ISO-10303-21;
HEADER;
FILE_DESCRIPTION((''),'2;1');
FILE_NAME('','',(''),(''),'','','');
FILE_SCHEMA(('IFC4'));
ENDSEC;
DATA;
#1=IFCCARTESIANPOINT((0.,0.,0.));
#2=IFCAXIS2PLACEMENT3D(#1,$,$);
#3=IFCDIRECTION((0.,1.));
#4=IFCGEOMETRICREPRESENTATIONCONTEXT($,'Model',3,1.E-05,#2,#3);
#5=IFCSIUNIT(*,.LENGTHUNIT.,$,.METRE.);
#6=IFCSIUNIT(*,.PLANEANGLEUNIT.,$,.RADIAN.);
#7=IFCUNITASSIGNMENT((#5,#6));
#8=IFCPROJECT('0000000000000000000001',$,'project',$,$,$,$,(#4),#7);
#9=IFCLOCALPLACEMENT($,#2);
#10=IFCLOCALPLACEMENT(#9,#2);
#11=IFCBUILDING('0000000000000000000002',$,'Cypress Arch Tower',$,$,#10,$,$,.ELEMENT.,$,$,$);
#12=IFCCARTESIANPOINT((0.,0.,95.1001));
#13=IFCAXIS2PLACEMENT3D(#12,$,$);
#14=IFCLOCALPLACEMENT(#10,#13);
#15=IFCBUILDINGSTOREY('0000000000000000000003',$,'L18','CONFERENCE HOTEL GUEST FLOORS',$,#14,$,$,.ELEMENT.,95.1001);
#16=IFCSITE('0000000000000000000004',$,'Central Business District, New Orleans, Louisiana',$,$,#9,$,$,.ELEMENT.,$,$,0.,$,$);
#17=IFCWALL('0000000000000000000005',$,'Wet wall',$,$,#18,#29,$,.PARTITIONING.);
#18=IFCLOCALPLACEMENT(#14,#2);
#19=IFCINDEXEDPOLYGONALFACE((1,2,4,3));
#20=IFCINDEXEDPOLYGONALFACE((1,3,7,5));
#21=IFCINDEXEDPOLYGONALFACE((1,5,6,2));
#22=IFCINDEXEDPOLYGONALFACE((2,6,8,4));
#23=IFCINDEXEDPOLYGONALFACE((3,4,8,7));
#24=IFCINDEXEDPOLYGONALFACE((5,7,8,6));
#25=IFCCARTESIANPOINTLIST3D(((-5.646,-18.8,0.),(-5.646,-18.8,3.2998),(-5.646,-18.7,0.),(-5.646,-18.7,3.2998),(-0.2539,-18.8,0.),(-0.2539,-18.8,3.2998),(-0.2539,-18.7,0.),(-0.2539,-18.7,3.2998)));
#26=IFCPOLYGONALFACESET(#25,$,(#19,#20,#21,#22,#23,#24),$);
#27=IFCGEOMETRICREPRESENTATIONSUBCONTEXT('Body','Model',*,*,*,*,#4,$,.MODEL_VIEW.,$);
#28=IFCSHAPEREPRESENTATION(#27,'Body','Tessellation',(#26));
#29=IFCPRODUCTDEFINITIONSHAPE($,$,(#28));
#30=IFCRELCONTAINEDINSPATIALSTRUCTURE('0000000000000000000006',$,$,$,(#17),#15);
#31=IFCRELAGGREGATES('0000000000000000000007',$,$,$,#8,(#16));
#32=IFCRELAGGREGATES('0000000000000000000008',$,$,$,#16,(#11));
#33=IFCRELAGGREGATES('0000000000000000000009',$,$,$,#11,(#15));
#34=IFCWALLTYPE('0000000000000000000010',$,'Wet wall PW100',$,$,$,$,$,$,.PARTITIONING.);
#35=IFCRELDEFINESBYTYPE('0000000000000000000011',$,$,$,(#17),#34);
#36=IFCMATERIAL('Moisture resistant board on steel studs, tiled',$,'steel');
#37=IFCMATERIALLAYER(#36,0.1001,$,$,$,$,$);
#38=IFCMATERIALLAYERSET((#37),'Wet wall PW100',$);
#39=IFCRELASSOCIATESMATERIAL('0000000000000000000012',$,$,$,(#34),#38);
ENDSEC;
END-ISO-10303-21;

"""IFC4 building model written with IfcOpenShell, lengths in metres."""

from ifc_helpers import new_model, si_unit, direction, frame, frame_2d, origin, place, context, subcontext, project, spatial, rectangle, extrude, material, layer, layer_set, type_object, element, save


model = new_model("IFC4")

# Units and contexts
model_context = context("Model", 3, precision=1e-05, world=origin(), true_north=direction((0.0, 1.0)))
body_context = subcontext(model_context, "Body", "Model", "MODEL_VIEW")
ifc_project = project(units=[si_unit("LENGTHUNIT", "METRE"), si_unit("PLANEANGLEUNIT", "RADIAN")], contexts=[model_context])

# Site, building, storey
site_placement = place(None, origin())
site = spatial("IfcSite", under=ifc_project, at=site_placement, Name="Central Business District, New Orleans, Louisiana", CompositionType="ELEMENT", RefElevation=0.0)
building_placement = place(site_placement, origin())
building = spatial("IfcBuilding", under=site, at=building_placement, Name="Cypress Arch Tower", CompositionType="ELEMENT")
storey_placement = place(building_placement, frame((0.0, 0.0, 95.1001)))
storey = spatial("IfcBuildingStorey", under=building, at=storey_placement, Name="L18", Description="CONFERENCE HOTEL GUEST FLOORS", CompositionType="ELEMENT", Elevation=95.1001)

# Wall
ifc_material_1 = material(Name="Moisture resistant board on steel studs, tiled", Category="steel")
ifc_layer_1 = layer(ifc_material_1, 0.1001)
ifc_layer_set_1 = layer_set([ifc_layer_1], Name="Wet wall PW100")
wall_type_1 = type_object("IfcWallType", Name="Wet wall PW100", PredefinedType="PARTITIONING", material=ifc_layer_set_1)
wall_1_placement = place(storey_placement, frame((-5.646, -18.75, 0.0), z_axis=(0.0, 0.0, 1.0), x_axis=(1.0, 0.0, 0.0)))
element("IfcWall", 1, at=wall_1_placement, inside=storey, type_object=wall_type_1, Name="Wet wall", PredefinedType="PARTITIONING", context=body_context, shape_type="SweptSolid", body=[
    extrude(rectangle(XDim=5.3921, YDim=0.1001, at=frame_2d((2.696, 0.0))), origin(), (0.0, 0.0, 1.0), 3.2998),
])

save(model, "model.ifc")
